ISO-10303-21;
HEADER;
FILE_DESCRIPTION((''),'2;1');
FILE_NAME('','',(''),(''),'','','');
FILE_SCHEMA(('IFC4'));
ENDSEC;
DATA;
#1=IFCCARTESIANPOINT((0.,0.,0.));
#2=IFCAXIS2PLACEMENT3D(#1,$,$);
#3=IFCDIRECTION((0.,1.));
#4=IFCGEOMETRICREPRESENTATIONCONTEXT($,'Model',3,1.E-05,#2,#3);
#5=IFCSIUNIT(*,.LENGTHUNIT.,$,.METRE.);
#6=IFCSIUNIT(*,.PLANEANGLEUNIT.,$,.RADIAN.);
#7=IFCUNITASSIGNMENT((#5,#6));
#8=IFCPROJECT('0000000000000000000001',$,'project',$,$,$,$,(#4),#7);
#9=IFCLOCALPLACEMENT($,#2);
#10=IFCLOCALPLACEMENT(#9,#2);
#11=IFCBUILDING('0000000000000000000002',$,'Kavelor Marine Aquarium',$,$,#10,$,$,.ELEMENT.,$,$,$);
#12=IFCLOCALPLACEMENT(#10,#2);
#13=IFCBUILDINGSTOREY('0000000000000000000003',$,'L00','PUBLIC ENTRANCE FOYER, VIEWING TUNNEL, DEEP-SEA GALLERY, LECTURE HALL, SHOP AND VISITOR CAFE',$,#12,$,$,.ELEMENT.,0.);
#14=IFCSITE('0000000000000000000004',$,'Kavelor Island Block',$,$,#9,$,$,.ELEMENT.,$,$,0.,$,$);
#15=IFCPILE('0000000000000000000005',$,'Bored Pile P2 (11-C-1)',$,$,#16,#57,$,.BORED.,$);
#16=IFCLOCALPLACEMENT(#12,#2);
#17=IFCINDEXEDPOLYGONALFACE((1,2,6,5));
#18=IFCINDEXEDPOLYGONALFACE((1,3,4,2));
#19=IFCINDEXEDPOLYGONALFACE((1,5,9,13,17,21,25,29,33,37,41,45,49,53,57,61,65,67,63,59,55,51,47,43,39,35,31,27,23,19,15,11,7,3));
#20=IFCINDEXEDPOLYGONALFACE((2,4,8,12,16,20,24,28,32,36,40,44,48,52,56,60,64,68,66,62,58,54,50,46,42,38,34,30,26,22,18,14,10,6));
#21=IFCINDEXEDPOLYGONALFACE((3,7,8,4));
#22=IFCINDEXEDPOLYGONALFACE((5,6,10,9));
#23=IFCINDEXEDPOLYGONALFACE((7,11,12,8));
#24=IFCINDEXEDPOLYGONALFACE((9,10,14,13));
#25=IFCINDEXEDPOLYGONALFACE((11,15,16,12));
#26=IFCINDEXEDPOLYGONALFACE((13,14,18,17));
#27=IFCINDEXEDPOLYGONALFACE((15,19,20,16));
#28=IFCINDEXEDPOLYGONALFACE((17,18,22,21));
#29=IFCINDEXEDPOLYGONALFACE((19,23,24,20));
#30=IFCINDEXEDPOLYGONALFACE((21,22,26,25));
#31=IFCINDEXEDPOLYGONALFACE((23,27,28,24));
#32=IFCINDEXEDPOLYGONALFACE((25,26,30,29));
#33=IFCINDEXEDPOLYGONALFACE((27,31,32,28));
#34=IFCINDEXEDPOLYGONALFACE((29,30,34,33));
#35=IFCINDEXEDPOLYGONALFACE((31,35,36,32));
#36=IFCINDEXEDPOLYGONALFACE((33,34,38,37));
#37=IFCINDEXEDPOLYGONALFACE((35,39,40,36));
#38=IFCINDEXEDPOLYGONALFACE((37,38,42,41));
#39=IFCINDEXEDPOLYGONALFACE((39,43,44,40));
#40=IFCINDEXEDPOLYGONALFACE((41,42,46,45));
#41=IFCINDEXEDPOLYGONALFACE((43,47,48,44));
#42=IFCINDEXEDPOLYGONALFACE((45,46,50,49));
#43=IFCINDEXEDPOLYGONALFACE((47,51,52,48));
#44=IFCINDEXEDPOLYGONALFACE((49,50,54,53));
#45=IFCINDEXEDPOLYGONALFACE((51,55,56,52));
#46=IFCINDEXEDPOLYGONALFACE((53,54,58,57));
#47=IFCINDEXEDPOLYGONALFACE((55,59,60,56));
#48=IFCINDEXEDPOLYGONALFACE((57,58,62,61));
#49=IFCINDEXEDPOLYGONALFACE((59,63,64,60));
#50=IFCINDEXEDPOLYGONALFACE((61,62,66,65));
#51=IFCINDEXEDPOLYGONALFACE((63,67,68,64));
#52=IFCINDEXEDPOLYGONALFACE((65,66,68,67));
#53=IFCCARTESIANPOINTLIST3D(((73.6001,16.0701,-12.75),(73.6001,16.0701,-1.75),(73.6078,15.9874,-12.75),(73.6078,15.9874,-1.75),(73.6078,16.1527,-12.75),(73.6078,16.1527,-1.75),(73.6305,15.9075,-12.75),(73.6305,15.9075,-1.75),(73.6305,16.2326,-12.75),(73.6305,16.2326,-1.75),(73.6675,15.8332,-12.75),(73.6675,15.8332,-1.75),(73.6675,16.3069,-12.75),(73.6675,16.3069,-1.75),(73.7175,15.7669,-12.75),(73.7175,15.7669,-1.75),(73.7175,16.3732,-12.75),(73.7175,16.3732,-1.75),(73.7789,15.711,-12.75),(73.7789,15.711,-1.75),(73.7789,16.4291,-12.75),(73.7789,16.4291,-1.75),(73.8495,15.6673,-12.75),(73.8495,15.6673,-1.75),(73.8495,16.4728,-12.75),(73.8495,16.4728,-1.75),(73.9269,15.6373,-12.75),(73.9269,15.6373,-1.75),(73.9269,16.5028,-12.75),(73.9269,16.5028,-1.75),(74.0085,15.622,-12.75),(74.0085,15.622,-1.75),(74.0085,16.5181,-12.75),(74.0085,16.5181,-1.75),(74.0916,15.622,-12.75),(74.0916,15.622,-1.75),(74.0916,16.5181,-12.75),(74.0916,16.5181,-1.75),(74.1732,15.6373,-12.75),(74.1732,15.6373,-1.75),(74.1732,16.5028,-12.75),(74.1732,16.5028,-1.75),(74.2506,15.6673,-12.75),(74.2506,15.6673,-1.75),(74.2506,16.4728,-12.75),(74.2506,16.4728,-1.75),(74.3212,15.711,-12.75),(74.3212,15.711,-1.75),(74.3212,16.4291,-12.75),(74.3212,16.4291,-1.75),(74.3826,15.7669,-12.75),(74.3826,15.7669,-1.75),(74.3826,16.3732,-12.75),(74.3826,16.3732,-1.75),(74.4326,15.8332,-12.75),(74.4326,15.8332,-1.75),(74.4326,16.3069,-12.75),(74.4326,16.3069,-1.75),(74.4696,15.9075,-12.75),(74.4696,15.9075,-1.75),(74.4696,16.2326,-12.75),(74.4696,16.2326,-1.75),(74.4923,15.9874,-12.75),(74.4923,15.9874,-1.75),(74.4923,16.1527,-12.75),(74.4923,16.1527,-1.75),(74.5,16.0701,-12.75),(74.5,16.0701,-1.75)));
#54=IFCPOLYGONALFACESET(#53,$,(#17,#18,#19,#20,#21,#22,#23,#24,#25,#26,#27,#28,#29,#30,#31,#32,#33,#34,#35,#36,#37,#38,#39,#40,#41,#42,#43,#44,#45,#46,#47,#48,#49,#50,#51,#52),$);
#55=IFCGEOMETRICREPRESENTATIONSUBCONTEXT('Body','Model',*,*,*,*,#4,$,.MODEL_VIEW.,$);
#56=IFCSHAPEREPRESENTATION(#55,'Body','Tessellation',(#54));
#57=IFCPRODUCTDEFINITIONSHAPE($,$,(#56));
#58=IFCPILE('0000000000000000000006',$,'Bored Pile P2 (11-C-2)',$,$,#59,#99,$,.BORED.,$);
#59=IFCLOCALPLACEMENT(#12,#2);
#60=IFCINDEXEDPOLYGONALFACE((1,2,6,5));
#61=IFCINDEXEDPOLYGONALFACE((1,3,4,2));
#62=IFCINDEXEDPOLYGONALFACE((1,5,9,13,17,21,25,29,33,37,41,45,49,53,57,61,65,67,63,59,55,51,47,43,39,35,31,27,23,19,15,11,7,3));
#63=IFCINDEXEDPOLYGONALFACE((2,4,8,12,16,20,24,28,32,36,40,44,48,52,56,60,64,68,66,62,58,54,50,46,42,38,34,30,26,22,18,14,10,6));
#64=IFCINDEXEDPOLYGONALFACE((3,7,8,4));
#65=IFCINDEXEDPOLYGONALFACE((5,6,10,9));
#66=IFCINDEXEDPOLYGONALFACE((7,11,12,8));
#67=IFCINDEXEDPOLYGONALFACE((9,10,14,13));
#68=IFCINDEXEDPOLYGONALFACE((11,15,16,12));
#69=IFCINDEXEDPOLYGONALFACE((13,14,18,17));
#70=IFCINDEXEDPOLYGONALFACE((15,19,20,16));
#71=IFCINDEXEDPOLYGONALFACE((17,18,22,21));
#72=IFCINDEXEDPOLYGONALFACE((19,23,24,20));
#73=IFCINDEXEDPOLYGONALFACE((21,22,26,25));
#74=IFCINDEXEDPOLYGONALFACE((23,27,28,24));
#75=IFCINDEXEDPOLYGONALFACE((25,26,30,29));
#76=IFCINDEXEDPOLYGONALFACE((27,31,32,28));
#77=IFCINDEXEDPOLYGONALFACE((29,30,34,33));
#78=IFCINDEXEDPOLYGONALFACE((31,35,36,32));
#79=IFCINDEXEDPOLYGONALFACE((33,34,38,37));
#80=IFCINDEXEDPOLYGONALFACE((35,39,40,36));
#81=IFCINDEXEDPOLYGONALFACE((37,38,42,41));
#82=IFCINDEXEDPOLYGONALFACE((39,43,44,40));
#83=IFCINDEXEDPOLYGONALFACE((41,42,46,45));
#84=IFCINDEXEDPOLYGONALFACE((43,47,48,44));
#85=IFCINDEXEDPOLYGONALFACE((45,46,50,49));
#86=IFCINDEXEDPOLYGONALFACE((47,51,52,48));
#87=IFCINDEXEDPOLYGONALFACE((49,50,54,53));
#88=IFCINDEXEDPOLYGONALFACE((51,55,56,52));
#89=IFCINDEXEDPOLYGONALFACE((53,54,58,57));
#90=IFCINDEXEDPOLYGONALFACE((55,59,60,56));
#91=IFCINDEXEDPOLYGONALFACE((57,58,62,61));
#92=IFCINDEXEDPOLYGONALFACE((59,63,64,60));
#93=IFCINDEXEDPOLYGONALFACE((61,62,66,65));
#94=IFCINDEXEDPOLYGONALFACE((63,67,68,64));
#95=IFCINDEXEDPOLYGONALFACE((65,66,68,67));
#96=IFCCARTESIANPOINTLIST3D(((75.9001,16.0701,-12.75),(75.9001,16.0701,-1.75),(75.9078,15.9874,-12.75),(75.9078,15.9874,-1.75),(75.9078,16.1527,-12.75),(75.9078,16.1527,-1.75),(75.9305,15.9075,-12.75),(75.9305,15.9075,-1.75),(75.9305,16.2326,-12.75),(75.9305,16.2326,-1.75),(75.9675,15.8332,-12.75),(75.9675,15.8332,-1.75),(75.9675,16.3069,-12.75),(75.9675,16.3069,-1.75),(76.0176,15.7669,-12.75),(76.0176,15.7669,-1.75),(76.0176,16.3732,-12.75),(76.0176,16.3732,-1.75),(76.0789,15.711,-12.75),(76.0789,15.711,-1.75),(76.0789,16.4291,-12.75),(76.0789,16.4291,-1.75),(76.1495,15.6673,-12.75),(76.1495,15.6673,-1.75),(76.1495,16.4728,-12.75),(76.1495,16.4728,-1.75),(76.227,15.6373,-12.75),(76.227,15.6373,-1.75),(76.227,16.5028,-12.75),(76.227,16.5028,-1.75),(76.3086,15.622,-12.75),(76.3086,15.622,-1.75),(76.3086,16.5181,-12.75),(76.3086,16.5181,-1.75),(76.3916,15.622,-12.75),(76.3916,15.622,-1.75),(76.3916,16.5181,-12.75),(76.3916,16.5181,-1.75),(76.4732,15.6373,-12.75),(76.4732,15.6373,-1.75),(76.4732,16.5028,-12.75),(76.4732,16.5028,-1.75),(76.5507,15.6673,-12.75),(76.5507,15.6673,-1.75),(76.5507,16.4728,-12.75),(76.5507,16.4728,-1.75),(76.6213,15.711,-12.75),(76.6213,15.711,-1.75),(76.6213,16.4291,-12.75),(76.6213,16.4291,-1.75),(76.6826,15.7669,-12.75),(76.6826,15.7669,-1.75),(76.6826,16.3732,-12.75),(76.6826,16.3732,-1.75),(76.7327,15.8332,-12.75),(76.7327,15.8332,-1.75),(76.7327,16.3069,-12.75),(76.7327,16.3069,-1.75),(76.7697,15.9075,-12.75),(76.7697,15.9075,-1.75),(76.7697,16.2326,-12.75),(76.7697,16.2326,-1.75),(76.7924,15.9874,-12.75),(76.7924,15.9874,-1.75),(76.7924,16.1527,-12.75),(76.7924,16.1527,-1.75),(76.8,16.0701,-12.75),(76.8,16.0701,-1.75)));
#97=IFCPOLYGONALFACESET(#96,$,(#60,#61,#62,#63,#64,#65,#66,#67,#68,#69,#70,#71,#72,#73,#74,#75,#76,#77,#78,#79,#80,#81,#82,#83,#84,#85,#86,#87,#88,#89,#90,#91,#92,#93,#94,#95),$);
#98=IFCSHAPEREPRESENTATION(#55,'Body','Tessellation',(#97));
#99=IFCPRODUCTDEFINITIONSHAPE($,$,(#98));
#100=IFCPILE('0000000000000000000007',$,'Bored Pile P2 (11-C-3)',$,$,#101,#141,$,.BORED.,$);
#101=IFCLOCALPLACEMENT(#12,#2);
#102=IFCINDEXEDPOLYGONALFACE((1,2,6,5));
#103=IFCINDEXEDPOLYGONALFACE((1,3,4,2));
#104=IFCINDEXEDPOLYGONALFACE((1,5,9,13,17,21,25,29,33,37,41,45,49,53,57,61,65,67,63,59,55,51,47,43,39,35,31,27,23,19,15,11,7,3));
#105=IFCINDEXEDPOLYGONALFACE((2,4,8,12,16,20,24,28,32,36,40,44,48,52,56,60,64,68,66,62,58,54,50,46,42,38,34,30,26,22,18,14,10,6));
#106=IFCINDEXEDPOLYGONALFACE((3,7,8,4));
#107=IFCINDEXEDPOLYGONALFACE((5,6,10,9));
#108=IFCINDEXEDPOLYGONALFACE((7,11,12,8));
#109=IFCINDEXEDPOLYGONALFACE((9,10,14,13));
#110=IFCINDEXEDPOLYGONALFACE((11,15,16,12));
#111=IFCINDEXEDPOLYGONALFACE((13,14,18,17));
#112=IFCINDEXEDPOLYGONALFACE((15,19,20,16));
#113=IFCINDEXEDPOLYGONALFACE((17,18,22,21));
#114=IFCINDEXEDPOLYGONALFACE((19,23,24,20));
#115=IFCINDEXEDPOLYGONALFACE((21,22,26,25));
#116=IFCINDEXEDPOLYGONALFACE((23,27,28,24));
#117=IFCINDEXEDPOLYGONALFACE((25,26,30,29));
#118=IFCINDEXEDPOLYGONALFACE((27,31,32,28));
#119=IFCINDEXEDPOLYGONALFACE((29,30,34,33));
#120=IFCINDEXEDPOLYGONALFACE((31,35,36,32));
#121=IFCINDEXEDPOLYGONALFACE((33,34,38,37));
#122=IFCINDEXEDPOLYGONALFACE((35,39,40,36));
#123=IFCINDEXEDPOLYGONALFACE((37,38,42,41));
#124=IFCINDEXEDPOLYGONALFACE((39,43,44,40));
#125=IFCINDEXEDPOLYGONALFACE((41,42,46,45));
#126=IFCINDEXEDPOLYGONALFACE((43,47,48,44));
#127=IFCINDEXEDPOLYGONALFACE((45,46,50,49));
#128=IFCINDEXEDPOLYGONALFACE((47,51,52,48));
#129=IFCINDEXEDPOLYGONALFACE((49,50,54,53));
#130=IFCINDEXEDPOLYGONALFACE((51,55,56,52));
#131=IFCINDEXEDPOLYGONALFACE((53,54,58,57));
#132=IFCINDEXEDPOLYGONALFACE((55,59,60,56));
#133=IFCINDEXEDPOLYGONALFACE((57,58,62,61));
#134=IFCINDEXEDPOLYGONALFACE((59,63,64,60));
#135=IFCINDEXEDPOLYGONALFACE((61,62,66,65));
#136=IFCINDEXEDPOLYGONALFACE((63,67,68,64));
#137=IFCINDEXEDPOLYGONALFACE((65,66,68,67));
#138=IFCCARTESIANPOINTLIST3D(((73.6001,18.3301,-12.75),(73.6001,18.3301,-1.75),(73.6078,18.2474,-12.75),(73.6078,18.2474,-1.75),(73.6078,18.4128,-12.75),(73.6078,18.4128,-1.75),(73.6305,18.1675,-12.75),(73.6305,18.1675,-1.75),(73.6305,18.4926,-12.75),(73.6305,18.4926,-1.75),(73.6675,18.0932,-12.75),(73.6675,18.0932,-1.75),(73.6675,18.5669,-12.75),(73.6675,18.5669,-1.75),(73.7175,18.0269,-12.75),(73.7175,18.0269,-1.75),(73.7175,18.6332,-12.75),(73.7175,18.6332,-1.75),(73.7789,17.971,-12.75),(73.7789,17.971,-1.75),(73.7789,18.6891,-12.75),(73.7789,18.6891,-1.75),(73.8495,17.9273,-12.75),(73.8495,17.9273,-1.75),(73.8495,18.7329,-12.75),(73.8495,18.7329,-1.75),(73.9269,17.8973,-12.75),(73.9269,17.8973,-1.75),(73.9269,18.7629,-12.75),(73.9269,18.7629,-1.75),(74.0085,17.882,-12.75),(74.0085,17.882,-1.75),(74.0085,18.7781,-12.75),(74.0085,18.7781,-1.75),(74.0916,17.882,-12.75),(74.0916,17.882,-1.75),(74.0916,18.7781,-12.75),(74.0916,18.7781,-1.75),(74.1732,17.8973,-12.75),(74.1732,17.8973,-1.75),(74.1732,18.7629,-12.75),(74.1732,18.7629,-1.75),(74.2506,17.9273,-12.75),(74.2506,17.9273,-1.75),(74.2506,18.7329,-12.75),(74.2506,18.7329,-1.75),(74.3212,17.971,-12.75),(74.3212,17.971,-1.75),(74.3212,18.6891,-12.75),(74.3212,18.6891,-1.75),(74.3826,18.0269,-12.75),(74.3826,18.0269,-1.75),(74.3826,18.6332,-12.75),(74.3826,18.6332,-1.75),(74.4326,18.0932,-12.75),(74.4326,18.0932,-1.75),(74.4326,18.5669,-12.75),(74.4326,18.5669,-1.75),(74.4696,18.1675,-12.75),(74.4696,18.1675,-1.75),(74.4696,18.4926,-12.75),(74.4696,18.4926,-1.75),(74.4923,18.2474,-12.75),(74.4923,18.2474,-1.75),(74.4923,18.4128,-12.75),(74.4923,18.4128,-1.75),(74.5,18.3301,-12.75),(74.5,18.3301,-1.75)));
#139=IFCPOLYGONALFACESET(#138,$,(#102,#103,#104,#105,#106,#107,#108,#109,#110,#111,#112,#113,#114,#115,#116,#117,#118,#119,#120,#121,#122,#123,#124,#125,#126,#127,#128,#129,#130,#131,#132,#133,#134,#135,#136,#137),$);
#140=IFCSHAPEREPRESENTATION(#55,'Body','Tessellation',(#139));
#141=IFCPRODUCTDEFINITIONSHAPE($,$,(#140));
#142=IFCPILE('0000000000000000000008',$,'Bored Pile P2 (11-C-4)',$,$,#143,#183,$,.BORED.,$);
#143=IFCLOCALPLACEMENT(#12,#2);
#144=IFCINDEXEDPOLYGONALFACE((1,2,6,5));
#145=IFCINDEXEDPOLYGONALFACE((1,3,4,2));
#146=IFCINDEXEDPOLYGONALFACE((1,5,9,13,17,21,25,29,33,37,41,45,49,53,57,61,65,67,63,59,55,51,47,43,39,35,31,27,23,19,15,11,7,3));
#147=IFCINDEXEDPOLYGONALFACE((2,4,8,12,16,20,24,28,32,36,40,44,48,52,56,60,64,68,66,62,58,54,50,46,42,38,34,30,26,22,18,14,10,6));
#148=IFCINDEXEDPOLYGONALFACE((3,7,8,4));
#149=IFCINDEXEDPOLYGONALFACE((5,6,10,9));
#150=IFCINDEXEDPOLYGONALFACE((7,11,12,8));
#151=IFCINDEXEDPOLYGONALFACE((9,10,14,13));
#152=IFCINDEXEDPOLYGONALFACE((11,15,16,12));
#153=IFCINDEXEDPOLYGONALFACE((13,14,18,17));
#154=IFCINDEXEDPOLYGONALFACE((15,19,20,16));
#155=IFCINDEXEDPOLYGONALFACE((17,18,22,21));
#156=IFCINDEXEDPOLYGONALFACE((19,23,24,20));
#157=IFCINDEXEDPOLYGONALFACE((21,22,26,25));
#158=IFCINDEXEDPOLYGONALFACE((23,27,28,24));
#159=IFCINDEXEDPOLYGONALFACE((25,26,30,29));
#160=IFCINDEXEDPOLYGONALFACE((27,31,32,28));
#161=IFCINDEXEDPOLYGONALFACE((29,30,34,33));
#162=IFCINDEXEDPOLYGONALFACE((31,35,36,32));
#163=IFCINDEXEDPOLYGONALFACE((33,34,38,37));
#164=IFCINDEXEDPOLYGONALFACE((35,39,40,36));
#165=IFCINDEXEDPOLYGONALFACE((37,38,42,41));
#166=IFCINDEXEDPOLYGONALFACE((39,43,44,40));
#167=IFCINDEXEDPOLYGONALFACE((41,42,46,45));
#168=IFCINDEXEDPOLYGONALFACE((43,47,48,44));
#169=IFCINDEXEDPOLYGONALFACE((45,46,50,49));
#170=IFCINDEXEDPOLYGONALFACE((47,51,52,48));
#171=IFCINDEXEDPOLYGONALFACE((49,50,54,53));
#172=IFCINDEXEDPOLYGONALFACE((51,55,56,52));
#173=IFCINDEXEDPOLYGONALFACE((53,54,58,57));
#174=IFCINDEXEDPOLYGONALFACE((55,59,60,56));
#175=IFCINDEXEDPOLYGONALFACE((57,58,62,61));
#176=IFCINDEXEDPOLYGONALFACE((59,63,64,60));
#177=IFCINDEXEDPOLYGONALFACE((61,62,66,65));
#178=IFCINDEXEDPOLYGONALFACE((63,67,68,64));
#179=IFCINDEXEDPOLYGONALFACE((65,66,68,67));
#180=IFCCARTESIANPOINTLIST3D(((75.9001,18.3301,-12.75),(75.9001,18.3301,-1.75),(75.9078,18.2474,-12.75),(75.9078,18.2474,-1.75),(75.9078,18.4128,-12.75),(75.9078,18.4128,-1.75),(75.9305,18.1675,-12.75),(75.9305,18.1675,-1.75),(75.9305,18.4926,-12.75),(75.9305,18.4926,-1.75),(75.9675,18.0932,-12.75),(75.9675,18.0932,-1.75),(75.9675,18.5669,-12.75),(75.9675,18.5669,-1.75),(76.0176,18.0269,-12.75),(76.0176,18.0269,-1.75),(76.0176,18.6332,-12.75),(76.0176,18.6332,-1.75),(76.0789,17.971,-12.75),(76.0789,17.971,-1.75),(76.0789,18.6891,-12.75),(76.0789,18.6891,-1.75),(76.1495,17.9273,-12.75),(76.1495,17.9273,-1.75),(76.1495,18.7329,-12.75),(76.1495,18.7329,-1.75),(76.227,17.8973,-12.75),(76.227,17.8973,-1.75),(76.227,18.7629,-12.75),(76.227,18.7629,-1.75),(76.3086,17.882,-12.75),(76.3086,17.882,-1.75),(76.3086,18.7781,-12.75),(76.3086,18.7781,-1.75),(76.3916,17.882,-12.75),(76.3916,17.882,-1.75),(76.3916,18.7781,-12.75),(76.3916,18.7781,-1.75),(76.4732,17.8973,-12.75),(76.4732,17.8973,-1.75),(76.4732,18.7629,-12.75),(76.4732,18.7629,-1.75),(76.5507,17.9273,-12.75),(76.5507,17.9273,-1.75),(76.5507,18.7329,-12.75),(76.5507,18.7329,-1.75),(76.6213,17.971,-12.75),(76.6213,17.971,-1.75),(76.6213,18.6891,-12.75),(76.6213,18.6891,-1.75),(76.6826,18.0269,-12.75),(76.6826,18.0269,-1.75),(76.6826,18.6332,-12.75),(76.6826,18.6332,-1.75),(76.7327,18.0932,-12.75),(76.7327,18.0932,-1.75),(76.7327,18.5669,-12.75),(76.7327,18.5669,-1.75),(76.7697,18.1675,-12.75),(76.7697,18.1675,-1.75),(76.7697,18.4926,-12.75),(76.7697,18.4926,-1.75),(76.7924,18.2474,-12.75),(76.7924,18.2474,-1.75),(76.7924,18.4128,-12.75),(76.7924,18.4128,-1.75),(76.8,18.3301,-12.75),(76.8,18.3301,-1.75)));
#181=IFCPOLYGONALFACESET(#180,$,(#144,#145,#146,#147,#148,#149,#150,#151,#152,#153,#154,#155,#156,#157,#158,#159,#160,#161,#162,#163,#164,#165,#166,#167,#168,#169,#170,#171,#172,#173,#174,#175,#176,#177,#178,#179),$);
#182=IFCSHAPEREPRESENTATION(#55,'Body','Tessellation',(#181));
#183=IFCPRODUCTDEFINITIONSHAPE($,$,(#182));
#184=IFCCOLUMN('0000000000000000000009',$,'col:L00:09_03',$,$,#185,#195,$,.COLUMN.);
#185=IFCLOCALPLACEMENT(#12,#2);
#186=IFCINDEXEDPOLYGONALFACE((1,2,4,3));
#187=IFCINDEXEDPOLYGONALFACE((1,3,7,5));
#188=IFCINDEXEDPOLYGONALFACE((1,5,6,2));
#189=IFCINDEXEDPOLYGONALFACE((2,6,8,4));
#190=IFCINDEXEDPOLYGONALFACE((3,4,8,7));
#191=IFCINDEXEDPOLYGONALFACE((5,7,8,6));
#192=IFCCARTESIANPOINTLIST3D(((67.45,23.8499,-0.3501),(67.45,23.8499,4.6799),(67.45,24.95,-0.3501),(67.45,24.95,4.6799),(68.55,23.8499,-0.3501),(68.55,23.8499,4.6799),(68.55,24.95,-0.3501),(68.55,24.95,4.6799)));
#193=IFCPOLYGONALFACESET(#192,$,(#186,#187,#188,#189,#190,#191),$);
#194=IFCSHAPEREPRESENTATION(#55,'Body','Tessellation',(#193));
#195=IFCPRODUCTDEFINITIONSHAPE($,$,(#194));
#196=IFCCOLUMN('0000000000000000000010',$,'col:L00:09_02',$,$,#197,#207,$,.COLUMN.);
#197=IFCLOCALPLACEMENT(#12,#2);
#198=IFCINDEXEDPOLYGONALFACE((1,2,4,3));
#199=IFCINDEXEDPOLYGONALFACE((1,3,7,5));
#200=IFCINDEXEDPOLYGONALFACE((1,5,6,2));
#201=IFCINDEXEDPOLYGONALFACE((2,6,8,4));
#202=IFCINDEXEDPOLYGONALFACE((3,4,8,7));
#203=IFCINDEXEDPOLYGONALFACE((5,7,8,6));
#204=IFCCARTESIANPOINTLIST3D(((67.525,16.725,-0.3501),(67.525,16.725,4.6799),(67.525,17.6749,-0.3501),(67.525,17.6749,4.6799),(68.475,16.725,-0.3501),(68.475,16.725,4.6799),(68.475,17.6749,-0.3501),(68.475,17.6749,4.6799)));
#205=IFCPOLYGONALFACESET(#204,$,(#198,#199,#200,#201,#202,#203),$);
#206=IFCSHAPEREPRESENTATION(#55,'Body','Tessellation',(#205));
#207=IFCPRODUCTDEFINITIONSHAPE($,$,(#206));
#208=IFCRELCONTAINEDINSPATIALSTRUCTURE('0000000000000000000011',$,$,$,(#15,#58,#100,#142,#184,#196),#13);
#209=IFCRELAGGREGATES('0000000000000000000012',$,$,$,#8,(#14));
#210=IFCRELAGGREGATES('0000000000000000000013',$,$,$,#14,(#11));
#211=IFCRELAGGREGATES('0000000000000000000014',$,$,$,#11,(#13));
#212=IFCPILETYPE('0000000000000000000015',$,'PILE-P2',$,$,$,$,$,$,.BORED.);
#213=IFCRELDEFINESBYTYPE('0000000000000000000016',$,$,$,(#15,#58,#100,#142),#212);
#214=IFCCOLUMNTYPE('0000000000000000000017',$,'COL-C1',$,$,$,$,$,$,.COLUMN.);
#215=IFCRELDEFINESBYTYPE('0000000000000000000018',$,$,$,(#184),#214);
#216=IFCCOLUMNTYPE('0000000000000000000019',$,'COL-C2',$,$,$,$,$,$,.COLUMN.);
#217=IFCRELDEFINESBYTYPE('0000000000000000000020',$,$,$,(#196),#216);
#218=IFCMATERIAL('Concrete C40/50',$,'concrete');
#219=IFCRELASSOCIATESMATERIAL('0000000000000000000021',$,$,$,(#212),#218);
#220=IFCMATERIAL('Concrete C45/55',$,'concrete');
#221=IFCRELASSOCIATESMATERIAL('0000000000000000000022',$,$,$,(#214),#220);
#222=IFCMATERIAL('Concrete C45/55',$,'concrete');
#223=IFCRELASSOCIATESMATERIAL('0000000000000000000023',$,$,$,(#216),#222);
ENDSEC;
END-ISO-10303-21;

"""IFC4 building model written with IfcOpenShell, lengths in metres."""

from ifc_helpers import new_model, si_unit, direction, frame, origin, origin_2d, place, context, subcontext, project, spatial, rectangle, circle, extrude, material, material_profile, profile_set, type_object, element, save


model = new_model("IFC4")

# Units and contexts
model_context = context("Model", 3, precision=1e-05, world=origin(), true_north=direction((0.0, 1.0)))
body_context = subcontext(model_context, "Body", "Model", "MODEL_VIEW")
ifc_project = project(units=[si_unit("LENGTHUNIT", "METRE"), si_unit("PLANEANGLEUNIT", "RADIAN")], contexts=[model_context])

# Site, building, storey
site_placement = place(None, origin())
site = spatial("IfcSite", under=ifc_project, at=site_placement, Name="Kavelor Island Block", CompositionType="ELEMENT", RefElevation=0.0)
building_placement = place(site_placement, origin())
building = spatial("IfcBuilding", under=site, at=building_placement, Name="Kavelor Marine Aquarium", CompositionType="ELEMENT")
storey_placement = place(building_placement, origin())
storey = spatial("IfcBuildingStorey", under=building, at=storey_placement, Name="L00", Description="PUBLIC ENTRANCE FOYER, VIEWING TUNNEL, DEEP-SEA GALLERY, LECTURE HALL, SHOP AND VISITOR CAFE", CompositionType="ELEMENT", Elevation=0.0)

# Piles
ifc_material_1 = material(Name="Concrete C40/50", Category="concrete")
ifc_material_profile_1 = material_profile(ifc_material_1, circle(Radius=0.45, at=origin_2d()), Name="PILE D900")
ifc_profile_set_1 = profile_set([ifc_material_profile_1], Name="Concrete C40/50")
pile_type_1 = type_object("IfcPileType", Name="PILE-P2", PredefinedType="BORED", material=ifc_profile_set_1)
for number, where, z_axis, x_axis, name in (
    (1, (74.05, 16.0701, -1.75), (0.0, 0.0, -1.0), (1.0, 0.0, 0.0), "Bored Pile P2 (11-C-1)"),
    (2, (76.3501, 16.0701, -1.75), (0.0, 0.0, -1.0), (1.0, 0.0, 0.0), "Bored Pile P2 (11-C-2)"),
    (3, (74.05, 18.3301, -1.75), (0.0, 0.0, -1.0), (1.0, 0.0, 0.0), "Bored Pile P2 (11-C-3)"),
    (4, (76.3501, 18.3301, -1.75), (0.0, 0.0, -1.0), (1.0, 0.0, 0.0), "Bored Pile P2 (11-C-4)"),
):
    element("IfcPile", number, at=place(storey_placement, frame(where, z_axis=z_axis, x_axis=x_axis)), inside=storey, type_object=pile_type_1, Name=name, PredefinedType="BORED", context=body_context, shape_type="SweptSolid", body=[
        extrude(circle(Radius=0.45, at=origin_2d()), origin(), (0.0, 0.0, 1.0), 11.0),
    ])

# Columns
ifc_material_2 = material(Name="Concrete C45/55", Category="concrete")
ifc_material_profile_2 = material_profile(ifc_material_2, rectangle(XDim=1.1001, YDim=1.1001, at=origin_2d()), Name="RC-COL 1100x1100")
ifc_profile_set_2 = profile_set([ifc_material_profile_2], Name="Concrete C45/55")
column_type_1 = type_object("IfcColumnType", Name="COL-C1", PredefinedType="COLUMN", material=ifc_profile_set_2)
column_1_placement = place(storey_placement, frame((68.0, 24.3999, -0.3501), z_axis=(0.0, 0.0, 1.0), x_axis=(1.0, 0.0, 0.0)))
element("IfcColumn", 5, at=column_1_placement, inside=storey, type_object=column_type_1, Name="col:L00:09_03", PredefinedType="COLUMN", context=body_context, shape_type="SweptSolid", body=[
    extrude(rectangle(XDim=1.1001, YDim=1.1001, at=origin_2d()), origin(), (0.0, 0.0, 1.0), 5.03),
])
ifc_material_3 = material(Name="Concrete C45/55", Category="concrete")
ifc_material_profile_3 = material_profile(ifc_material_3, rectangle(XDim=0.95, YDim=0.95, at=origin_2d()), Name="RC-COL 950x950")
ifc_profile_set_3 = profile_set([ifc_material_profile_3], Name="Concrete C45/55")
column_type_2 = type_object("IfcColumnType", Name="COL-C2", PredefinedType="COLUMN", material=ifc_profile_set_3)
column_2_placement = place(storey_placement, frame((68.0, 17.2, -0.3501), z_axis=(0.0, 0.0, 1.0), x_axis=(1.0, 0.0, 0.0)))
element("IfcColumn", 6, at=column_2_placement, inside=storey, type_object=column_type_2, Name="col:L00:09_02", PredefinedType="COLUMN", context=body_context, shape_type="SweptSolid", body=[
    extrude(rectangle(XDim=0.95, YDim=0.95, at=origin_2d()), origin(), (0.0, 0.0, 1.0), 5.03),
])

save(model, "model.ifc")
